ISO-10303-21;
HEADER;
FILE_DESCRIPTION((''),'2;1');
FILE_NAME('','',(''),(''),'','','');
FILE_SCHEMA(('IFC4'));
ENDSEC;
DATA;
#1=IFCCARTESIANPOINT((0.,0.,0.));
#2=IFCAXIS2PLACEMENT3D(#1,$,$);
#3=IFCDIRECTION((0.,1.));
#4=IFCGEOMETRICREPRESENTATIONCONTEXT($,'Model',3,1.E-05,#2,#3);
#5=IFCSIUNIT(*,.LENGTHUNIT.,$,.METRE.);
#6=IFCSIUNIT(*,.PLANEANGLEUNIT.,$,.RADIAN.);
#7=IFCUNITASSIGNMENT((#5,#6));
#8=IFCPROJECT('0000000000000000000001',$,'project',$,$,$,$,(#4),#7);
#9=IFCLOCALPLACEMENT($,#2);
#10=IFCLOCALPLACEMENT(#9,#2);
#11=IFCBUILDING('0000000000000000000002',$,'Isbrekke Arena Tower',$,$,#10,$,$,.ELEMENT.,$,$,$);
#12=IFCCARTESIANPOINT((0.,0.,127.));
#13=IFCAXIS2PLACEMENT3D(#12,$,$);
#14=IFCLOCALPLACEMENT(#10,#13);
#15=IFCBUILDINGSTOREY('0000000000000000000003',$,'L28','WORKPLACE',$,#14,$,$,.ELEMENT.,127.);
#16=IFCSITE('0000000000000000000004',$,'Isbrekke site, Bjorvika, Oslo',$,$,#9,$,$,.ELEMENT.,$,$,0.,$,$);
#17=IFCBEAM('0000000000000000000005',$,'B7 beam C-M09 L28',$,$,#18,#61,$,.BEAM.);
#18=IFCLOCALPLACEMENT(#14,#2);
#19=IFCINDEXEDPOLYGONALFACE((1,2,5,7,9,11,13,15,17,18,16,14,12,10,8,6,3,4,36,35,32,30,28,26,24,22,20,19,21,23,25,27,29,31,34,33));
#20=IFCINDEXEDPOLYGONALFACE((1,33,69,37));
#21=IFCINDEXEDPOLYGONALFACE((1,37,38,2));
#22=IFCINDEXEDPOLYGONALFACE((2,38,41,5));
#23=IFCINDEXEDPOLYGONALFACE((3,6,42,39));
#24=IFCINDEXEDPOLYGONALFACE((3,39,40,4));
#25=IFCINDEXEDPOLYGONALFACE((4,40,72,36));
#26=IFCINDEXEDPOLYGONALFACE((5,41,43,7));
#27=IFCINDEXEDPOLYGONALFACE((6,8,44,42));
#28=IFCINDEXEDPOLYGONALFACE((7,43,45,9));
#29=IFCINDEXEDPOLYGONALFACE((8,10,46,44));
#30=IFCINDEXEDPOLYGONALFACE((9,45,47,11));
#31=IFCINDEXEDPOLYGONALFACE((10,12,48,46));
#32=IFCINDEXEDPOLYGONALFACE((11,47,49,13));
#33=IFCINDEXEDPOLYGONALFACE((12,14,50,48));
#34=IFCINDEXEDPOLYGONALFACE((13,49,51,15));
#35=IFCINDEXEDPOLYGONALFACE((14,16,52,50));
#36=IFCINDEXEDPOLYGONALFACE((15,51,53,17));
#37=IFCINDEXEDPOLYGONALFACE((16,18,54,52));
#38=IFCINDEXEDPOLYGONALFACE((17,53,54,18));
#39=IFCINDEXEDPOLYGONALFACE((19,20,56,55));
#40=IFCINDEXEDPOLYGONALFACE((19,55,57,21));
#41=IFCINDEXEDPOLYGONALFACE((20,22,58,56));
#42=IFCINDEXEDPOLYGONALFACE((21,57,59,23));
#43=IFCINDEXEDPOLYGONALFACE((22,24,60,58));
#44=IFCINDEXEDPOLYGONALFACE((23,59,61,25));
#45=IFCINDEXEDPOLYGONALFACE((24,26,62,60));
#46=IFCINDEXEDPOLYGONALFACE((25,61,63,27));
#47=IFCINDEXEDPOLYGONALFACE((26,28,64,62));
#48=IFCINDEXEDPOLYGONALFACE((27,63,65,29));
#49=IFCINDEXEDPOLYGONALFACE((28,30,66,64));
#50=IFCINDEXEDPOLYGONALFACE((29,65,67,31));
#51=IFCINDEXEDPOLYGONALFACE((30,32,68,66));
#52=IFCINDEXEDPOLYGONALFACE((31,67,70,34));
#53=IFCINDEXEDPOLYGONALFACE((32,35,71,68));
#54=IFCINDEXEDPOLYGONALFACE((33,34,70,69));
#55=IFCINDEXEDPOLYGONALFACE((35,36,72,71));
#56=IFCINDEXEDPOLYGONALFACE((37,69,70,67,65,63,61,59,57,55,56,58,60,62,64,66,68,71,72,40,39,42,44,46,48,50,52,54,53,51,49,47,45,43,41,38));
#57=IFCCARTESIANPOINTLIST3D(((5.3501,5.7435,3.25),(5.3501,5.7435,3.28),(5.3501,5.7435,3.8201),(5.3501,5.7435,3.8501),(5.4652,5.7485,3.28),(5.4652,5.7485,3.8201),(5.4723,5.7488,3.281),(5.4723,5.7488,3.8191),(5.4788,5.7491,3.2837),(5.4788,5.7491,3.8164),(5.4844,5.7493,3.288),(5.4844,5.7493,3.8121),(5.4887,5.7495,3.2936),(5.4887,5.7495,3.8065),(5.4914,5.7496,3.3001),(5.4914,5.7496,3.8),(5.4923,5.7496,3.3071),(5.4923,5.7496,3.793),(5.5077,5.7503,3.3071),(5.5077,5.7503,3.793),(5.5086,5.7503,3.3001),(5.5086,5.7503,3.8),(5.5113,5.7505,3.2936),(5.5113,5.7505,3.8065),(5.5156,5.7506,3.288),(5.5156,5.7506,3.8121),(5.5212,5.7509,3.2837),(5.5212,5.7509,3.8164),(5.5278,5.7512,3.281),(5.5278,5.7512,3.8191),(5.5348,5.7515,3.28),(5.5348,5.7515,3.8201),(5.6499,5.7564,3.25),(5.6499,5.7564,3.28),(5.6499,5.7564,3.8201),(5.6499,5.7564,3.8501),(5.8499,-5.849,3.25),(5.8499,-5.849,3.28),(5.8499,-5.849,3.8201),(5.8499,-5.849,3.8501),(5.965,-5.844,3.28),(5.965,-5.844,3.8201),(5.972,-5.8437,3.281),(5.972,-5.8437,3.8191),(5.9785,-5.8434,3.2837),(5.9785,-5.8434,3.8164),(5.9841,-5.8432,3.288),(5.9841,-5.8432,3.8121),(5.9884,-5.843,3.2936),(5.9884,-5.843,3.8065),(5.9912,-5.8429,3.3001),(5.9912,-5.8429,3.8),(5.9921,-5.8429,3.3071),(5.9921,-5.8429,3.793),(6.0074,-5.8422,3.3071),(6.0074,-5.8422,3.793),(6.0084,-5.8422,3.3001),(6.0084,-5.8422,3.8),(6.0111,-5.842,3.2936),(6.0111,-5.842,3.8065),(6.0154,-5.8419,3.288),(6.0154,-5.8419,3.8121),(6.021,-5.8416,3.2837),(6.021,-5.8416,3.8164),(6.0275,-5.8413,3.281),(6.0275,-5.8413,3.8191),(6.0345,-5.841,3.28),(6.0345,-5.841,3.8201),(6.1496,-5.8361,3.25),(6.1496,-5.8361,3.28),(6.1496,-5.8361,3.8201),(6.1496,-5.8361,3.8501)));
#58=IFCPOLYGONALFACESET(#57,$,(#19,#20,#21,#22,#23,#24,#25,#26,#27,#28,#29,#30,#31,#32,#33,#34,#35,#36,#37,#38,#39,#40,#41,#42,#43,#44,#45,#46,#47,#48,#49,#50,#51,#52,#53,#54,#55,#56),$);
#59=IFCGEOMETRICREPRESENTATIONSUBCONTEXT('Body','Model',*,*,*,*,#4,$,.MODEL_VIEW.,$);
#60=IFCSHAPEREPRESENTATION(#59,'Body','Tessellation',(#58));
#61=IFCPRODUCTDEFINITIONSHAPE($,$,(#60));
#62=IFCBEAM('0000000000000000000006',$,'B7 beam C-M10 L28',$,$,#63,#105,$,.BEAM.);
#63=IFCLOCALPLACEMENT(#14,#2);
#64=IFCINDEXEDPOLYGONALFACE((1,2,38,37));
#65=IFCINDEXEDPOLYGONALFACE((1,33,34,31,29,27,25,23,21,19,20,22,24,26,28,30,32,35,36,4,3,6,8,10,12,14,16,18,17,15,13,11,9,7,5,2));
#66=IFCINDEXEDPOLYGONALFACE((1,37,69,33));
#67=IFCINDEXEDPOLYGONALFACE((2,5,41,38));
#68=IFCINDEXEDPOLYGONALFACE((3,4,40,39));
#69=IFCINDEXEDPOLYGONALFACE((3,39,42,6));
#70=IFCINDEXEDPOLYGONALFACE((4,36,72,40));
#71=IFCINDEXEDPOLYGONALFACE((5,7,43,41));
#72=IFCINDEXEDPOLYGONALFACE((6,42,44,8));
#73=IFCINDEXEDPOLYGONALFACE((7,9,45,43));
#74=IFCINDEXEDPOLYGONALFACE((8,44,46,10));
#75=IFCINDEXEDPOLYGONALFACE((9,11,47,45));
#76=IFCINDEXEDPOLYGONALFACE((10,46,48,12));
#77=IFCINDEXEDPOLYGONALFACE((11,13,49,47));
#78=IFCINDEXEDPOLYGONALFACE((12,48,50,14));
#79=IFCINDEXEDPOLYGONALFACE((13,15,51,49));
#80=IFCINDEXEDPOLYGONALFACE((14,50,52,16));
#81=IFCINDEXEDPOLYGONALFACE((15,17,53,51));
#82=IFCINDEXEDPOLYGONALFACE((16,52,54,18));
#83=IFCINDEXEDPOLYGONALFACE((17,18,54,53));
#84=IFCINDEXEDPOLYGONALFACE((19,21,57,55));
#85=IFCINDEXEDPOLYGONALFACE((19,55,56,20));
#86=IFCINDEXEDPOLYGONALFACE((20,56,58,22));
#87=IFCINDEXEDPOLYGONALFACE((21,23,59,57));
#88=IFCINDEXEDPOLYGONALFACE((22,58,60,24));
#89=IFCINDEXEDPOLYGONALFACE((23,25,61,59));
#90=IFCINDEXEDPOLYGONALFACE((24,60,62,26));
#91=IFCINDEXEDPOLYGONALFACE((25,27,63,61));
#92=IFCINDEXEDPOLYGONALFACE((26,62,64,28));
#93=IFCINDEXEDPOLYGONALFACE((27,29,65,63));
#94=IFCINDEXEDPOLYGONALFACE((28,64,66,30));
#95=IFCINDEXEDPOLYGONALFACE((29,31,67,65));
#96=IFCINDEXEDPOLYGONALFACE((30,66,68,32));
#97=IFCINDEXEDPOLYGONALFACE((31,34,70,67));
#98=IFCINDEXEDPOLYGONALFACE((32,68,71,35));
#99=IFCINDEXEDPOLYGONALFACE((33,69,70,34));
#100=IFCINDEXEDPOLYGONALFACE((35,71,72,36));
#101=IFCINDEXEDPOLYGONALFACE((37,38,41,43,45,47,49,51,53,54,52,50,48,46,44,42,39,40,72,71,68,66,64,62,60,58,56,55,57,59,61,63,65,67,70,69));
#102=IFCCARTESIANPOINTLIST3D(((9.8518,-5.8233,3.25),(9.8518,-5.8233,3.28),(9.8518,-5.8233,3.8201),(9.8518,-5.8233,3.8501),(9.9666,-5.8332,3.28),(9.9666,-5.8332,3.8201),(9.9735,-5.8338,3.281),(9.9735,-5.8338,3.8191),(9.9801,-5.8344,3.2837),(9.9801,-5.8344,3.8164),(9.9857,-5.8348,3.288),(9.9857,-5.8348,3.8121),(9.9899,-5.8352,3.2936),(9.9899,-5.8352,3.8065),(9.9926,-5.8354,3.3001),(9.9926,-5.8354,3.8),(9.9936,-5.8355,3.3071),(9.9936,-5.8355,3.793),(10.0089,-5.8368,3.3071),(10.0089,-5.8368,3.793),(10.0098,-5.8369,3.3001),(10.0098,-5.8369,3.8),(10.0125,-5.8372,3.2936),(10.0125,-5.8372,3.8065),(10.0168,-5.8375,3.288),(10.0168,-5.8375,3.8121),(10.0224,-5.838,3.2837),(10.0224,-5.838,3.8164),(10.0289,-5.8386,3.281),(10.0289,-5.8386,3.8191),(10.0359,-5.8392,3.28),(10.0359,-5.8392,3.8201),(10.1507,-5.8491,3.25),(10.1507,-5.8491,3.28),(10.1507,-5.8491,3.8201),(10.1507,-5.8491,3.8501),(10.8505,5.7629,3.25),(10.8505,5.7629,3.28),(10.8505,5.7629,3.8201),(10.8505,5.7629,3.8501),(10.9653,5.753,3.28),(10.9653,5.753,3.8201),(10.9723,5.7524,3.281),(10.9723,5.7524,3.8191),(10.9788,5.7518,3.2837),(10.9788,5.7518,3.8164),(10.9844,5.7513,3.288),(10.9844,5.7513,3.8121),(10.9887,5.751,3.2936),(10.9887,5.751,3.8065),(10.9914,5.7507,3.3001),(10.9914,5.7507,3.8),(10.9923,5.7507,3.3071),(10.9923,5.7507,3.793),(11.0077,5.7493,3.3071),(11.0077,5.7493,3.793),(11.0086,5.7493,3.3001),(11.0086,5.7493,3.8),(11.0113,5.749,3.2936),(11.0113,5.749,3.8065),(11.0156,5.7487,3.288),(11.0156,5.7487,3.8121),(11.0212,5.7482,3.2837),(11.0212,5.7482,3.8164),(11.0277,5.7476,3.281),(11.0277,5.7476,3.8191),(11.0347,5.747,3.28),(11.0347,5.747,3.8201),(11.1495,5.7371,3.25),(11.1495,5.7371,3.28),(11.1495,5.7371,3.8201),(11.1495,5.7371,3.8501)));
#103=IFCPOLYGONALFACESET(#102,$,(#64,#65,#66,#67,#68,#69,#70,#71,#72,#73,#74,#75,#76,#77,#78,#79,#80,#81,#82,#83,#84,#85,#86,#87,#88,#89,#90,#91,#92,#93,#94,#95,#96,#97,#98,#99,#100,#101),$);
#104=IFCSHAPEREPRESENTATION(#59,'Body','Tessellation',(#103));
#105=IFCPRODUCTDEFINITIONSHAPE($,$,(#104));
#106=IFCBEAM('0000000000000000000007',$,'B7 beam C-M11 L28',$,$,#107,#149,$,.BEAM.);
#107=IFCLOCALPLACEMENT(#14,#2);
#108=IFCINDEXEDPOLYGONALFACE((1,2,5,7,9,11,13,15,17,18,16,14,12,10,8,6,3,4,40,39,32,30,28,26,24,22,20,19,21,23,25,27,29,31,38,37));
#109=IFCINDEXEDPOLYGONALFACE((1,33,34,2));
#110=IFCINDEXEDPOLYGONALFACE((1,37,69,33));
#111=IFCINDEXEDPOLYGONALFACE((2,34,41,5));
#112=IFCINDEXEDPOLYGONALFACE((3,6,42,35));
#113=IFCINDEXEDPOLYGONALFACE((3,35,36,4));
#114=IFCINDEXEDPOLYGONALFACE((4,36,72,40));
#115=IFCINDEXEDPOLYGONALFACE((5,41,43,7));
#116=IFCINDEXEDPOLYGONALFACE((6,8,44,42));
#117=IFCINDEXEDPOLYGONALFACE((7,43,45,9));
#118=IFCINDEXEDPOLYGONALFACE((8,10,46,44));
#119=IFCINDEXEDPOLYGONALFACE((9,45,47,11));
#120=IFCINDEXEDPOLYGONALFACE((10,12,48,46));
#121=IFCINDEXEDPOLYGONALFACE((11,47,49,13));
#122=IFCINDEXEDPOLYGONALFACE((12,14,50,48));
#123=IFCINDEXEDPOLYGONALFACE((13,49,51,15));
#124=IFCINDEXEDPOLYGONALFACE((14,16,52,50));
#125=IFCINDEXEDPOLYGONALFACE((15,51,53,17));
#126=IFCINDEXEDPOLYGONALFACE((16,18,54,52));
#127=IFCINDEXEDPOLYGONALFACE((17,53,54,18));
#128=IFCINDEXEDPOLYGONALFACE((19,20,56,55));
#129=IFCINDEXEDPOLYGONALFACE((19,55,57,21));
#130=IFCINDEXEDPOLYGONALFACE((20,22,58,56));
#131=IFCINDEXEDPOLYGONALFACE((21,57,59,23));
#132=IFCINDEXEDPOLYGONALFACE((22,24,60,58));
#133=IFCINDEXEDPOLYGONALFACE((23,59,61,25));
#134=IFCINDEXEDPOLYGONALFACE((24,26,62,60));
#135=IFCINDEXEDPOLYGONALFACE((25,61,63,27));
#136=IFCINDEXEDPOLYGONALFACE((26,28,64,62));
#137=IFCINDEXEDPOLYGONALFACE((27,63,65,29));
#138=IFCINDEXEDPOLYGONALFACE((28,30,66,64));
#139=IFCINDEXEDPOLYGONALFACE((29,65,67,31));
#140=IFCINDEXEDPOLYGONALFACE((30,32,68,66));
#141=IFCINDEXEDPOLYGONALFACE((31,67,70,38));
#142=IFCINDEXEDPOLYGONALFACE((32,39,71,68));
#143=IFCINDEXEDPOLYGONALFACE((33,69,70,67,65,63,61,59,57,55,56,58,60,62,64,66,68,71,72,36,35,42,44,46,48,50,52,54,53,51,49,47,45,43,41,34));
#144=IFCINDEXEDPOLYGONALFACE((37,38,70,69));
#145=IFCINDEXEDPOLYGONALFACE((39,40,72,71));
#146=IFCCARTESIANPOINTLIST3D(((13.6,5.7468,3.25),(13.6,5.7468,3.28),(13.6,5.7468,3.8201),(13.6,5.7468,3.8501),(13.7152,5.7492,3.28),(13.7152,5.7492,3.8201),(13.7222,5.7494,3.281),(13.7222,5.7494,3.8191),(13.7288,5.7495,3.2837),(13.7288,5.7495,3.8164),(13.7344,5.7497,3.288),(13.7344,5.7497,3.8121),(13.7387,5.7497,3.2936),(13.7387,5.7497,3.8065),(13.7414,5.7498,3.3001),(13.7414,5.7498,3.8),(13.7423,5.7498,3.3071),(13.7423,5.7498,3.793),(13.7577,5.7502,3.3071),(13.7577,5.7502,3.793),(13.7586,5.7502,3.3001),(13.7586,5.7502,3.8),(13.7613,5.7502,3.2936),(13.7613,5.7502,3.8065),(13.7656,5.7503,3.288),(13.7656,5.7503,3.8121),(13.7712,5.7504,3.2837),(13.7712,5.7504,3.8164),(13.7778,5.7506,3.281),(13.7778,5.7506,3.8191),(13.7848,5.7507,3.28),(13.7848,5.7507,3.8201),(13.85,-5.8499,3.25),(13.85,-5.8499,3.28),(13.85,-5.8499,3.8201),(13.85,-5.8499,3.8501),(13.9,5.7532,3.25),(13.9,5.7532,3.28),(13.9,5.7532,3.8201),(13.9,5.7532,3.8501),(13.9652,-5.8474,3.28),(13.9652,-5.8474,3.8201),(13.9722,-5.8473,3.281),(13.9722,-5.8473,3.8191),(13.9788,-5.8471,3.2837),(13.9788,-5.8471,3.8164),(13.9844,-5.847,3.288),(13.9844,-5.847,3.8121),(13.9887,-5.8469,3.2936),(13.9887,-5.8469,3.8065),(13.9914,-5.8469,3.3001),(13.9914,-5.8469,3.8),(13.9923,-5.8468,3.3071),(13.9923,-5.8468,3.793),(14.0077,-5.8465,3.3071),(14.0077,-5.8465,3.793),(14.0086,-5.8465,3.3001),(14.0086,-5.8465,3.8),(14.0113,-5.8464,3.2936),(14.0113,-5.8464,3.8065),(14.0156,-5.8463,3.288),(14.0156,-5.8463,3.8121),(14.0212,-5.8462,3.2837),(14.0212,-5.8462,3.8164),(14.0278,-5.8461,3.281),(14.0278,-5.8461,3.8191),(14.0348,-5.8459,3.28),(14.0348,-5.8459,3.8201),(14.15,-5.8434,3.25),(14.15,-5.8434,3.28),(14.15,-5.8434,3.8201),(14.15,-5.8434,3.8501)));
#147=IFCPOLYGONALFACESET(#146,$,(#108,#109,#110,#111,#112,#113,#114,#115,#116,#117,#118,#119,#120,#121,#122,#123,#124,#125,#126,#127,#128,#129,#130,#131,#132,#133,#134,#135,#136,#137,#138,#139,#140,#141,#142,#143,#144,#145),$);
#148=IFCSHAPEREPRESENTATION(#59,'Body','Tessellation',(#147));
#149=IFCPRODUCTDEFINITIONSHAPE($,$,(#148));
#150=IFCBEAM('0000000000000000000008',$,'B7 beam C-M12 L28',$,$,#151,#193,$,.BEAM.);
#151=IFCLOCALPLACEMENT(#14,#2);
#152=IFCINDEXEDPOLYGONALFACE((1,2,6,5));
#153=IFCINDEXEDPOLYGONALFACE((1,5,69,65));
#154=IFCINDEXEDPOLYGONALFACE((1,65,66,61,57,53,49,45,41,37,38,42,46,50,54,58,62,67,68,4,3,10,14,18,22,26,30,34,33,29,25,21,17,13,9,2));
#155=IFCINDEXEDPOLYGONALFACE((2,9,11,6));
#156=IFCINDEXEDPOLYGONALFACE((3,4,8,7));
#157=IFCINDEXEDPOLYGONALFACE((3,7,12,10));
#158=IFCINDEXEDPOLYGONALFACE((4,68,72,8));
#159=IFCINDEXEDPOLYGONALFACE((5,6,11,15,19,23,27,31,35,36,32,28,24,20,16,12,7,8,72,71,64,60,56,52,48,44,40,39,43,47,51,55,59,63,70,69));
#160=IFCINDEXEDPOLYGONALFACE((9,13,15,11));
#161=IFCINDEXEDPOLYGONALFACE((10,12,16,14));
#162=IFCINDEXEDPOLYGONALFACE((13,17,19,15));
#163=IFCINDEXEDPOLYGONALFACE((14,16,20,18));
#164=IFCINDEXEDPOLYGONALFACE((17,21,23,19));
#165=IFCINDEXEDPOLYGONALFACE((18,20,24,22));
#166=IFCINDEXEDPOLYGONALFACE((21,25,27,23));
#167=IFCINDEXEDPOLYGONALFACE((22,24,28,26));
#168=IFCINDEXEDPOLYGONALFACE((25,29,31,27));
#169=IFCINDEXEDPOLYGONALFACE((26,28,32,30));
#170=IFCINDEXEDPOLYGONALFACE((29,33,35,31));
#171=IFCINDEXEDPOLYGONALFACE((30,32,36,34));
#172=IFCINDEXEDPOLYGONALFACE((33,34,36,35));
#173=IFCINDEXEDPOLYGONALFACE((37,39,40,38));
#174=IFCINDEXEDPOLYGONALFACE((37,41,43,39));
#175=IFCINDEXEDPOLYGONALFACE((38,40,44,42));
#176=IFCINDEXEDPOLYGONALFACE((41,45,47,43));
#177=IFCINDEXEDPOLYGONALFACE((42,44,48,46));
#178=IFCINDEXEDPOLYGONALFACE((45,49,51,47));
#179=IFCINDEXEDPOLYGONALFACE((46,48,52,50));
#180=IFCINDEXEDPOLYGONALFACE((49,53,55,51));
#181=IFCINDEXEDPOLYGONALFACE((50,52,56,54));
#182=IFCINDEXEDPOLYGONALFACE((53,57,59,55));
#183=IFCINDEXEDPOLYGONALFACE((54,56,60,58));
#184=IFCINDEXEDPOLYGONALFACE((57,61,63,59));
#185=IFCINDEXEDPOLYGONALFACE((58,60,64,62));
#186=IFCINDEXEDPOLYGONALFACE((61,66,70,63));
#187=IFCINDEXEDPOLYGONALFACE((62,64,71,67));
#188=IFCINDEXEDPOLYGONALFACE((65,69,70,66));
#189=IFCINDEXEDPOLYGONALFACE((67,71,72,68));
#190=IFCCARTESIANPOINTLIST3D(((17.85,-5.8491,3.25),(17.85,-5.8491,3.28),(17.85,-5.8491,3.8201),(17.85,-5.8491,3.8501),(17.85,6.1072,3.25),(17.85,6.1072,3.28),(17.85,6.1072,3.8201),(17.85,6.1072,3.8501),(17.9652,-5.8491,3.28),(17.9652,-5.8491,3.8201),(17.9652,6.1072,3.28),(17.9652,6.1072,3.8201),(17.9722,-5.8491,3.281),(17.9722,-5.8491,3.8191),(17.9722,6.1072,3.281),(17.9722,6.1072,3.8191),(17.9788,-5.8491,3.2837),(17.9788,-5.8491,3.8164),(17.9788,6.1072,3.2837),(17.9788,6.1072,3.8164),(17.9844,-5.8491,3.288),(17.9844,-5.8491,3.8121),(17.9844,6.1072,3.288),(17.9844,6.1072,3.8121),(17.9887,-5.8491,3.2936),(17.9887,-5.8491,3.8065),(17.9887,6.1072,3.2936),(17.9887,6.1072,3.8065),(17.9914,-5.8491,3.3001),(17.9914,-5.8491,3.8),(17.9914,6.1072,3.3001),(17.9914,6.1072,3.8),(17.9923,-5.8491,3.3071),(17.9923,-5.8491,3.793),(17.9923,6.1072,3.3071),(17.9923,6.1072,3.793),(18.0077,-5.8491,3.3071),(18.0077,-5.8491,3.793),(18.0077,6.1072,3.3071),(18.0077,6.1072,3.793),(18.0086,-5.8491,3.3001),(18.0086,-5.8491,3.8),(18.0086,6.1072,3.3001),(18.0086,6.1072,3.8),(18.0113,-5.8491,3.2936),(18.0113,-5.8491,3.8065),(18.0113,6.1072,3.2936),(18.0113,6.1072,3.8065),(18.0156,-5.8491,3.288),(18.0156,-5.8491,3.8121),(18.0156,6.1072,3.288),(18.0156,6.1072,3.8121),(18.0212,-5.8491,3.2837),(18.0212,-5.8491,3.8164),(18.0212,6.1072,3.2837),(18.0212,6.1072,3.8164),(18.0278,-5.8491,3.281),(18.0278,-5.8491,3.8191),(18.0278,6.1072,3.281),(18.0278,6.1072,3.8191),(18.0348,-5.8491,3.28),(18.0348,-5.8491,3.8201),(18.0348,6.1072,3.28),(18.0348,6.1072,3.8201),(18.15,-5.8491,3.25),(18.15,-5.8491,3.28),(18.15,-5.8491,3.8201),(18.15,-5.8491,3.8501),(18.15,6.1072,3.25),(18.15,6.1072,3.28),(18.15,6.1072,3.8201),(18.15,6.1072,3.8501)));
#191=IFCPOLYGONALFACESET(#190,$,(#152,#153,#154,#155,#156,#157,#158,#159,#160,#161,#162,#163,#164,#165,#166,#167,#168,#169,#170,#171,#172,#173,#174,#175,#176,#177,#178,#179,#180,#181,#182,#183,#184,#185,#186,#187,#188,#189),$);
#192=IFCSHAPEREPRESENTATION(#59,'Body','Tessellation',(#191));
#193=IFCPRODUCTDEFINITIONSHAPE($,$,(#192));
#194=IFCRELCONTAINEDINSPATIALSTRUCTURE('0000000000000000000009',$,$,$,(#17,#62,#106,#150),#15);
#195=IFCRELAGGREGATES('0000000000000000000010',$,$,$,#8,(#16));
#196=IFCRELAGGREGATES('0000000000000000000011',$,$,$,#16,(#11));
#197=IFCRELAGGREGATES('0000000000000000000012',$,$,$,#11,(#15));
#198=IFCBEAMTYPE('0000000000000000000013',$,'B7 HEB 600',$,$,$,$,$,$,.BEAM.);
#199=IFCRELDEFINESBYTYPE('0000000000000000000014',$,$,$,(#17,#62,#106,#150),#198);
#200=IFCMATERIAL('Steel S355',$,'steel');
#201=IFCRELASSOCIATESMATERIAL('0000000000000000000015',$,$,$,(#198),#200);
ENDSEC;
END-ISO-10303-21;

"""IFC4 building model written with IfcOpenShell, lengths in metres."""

from ifc_helpers import new_model, si_unit, direction, frame, origin, origin_2d, place, context, subcontext, project, spatial, i_section, extrude, material, material_profile, profile_set, type_object, element, save


model = new_model("IFC4")

# Units and contexts
model_context = context("Model", 3, precision=1e-05, world=origin(), true_north=direction((0.0, 1.0)))
body_context = subcontext(model_context, "Body", "Model", "MODEL_VIEW")
ifc_project = project(units=[si_unit("LENGTHUNIT", "METRE"), si_unit("PLANEANGLEUNIT", "RADIAN")], contexts=[model_context])

# Site, building, storey
site_placement = place(None, origin())
site = spatial("IfcSite", under=ifc_project, at=site_placement, Name="Isbrekke site, Bjorvika, Oslo", CompositionType="ELEMENT", RefElevation=0.0)
building_placement = place(site_placement, origin())
building = spatial("IfcBuilding", under=site, at=building_placement, Name="Isbrekke Arena Tower", CompositionType="ELEMENT")
storey_placement = place(building_placement, frame((0.0, 0.0, 127.0)))
storey = spatial("IfcBuildingStorey", under=building, at=storey_placement, Name="L28", Description="WORKPLACE", CompositionType="ELEMENT", Elevation=127.0)

# Beams
ifc_material_1 = material(Name="Steel S355", Category="steel")
ifc_material_profile_1 = material_profile(ifc_material_1, i_section(OverallWidth=0.3, OverallDepth=0.6001, WebThickness=0.0154, FlangeThickness=0.03, FilletRadius=0.0271, at=origin_2d()), Name="HEB 600")
ifc_profile_set_1 = profile_set([ifc_material_profile_1], Name="Steel S355")
beam_type_1 = type_object("IfcBeamType", Name="B7 HEB 600", PredefinedType="BEAM", material=ifc_profile_set_1)
beam_1_placement = place(storey_placement, frame((5.9998, -5.8425, 3.55), z_axis=(-0.04307, 0.999072, 0.0), x_axis=(-0.999072, -0.04307, 0.0)))
element("IfcBeam", 1, at=beam_1_placement, inside=storey, type_object=beam_type_1, Name="B7 beam C-M09 L28", PredefinedType="BEAM", context=body_context, shape_type="SweptSolid", body=[
    extrude(i_section(OverallWidth=0.3, OverallDepth=0.6001, WebThickness=0.0154, FlangeThickness=0.03, FilletRadius=0.0271, at=origin_2d()), origin(), (0.0, 0.0, 1.0), 11.6033),
])
beam_2_placement = place(storey_placement, frame((10.0012, -5.8362, 3.55), z_axis=(0.085886, 0.996305, 0.0), x_axis=(-0.996305, 0.085886, 0.0)))
element("IfcBeam", 2, at=beam_2_placement, inside=storey, type_object=beam_type_1, Name="B7 beam C-M10 L28", PredefinedType="BEAM", context=body_context, shape_type="SweptSolid", body=[
    extrude(i_section(OverallWidth=0.3, OverallDepth=0.6001, WebThickness=0.0154, FlangeThickness=0.03, FilletRadius=0.0271, at=origin_2d()), origin(), (0.0, 0.0, 1.0), 11.6292),
])
beam_3_placement = place(storey_placement, frame((14.0, -5.8467, 3.55), z_axis=(-0.021553, 0.999768, 0.0), x_axis=(-0.999768, -0.021553, 0.0)))
element("IfcBeam", 3, at=beam_3_placement, inside=storey, type_object=beam_type_1, Name="B7 beam C-M11 L28", PredefinedType="BEAM", context=body_context, shape_type="SweptSolid", body=[
    extrude(i_section(OverallWidth=0.3, OverallDepth=0.6001, WebThickness=0.0154, FlangeThickness=0.03, FilletRadius=0.0271, at=origin_2d()), origin(), (0.0, 0.0, 1.0), 11.5994),
])
beam_4_placement = place(storey_placement, frame((18.0, -5.8491, 3.55), z_axis=(0.0, 1.0, 0.0), x_axis=(-1.0, 0.0, 0.0)))
element("IfcBeam", 4, at=beam_4_placement, inside=storey, type_object=beam_type_1, Name="B7 beam C-M12 L28", PredefinedType="BEAM", context=body_context, shape_type="SweptSolid", body=[
    extrude(i_section(OverallWidth=0.3, OverallDepth=0.6001, WebThickness=0.0154, FlangeThickness=0.03, FilletRadius=0.0271, at=origin_2d()), origin(), (0.0, 0.0, 1.0), 11.9563),
])

save(model, "model.ifc")
